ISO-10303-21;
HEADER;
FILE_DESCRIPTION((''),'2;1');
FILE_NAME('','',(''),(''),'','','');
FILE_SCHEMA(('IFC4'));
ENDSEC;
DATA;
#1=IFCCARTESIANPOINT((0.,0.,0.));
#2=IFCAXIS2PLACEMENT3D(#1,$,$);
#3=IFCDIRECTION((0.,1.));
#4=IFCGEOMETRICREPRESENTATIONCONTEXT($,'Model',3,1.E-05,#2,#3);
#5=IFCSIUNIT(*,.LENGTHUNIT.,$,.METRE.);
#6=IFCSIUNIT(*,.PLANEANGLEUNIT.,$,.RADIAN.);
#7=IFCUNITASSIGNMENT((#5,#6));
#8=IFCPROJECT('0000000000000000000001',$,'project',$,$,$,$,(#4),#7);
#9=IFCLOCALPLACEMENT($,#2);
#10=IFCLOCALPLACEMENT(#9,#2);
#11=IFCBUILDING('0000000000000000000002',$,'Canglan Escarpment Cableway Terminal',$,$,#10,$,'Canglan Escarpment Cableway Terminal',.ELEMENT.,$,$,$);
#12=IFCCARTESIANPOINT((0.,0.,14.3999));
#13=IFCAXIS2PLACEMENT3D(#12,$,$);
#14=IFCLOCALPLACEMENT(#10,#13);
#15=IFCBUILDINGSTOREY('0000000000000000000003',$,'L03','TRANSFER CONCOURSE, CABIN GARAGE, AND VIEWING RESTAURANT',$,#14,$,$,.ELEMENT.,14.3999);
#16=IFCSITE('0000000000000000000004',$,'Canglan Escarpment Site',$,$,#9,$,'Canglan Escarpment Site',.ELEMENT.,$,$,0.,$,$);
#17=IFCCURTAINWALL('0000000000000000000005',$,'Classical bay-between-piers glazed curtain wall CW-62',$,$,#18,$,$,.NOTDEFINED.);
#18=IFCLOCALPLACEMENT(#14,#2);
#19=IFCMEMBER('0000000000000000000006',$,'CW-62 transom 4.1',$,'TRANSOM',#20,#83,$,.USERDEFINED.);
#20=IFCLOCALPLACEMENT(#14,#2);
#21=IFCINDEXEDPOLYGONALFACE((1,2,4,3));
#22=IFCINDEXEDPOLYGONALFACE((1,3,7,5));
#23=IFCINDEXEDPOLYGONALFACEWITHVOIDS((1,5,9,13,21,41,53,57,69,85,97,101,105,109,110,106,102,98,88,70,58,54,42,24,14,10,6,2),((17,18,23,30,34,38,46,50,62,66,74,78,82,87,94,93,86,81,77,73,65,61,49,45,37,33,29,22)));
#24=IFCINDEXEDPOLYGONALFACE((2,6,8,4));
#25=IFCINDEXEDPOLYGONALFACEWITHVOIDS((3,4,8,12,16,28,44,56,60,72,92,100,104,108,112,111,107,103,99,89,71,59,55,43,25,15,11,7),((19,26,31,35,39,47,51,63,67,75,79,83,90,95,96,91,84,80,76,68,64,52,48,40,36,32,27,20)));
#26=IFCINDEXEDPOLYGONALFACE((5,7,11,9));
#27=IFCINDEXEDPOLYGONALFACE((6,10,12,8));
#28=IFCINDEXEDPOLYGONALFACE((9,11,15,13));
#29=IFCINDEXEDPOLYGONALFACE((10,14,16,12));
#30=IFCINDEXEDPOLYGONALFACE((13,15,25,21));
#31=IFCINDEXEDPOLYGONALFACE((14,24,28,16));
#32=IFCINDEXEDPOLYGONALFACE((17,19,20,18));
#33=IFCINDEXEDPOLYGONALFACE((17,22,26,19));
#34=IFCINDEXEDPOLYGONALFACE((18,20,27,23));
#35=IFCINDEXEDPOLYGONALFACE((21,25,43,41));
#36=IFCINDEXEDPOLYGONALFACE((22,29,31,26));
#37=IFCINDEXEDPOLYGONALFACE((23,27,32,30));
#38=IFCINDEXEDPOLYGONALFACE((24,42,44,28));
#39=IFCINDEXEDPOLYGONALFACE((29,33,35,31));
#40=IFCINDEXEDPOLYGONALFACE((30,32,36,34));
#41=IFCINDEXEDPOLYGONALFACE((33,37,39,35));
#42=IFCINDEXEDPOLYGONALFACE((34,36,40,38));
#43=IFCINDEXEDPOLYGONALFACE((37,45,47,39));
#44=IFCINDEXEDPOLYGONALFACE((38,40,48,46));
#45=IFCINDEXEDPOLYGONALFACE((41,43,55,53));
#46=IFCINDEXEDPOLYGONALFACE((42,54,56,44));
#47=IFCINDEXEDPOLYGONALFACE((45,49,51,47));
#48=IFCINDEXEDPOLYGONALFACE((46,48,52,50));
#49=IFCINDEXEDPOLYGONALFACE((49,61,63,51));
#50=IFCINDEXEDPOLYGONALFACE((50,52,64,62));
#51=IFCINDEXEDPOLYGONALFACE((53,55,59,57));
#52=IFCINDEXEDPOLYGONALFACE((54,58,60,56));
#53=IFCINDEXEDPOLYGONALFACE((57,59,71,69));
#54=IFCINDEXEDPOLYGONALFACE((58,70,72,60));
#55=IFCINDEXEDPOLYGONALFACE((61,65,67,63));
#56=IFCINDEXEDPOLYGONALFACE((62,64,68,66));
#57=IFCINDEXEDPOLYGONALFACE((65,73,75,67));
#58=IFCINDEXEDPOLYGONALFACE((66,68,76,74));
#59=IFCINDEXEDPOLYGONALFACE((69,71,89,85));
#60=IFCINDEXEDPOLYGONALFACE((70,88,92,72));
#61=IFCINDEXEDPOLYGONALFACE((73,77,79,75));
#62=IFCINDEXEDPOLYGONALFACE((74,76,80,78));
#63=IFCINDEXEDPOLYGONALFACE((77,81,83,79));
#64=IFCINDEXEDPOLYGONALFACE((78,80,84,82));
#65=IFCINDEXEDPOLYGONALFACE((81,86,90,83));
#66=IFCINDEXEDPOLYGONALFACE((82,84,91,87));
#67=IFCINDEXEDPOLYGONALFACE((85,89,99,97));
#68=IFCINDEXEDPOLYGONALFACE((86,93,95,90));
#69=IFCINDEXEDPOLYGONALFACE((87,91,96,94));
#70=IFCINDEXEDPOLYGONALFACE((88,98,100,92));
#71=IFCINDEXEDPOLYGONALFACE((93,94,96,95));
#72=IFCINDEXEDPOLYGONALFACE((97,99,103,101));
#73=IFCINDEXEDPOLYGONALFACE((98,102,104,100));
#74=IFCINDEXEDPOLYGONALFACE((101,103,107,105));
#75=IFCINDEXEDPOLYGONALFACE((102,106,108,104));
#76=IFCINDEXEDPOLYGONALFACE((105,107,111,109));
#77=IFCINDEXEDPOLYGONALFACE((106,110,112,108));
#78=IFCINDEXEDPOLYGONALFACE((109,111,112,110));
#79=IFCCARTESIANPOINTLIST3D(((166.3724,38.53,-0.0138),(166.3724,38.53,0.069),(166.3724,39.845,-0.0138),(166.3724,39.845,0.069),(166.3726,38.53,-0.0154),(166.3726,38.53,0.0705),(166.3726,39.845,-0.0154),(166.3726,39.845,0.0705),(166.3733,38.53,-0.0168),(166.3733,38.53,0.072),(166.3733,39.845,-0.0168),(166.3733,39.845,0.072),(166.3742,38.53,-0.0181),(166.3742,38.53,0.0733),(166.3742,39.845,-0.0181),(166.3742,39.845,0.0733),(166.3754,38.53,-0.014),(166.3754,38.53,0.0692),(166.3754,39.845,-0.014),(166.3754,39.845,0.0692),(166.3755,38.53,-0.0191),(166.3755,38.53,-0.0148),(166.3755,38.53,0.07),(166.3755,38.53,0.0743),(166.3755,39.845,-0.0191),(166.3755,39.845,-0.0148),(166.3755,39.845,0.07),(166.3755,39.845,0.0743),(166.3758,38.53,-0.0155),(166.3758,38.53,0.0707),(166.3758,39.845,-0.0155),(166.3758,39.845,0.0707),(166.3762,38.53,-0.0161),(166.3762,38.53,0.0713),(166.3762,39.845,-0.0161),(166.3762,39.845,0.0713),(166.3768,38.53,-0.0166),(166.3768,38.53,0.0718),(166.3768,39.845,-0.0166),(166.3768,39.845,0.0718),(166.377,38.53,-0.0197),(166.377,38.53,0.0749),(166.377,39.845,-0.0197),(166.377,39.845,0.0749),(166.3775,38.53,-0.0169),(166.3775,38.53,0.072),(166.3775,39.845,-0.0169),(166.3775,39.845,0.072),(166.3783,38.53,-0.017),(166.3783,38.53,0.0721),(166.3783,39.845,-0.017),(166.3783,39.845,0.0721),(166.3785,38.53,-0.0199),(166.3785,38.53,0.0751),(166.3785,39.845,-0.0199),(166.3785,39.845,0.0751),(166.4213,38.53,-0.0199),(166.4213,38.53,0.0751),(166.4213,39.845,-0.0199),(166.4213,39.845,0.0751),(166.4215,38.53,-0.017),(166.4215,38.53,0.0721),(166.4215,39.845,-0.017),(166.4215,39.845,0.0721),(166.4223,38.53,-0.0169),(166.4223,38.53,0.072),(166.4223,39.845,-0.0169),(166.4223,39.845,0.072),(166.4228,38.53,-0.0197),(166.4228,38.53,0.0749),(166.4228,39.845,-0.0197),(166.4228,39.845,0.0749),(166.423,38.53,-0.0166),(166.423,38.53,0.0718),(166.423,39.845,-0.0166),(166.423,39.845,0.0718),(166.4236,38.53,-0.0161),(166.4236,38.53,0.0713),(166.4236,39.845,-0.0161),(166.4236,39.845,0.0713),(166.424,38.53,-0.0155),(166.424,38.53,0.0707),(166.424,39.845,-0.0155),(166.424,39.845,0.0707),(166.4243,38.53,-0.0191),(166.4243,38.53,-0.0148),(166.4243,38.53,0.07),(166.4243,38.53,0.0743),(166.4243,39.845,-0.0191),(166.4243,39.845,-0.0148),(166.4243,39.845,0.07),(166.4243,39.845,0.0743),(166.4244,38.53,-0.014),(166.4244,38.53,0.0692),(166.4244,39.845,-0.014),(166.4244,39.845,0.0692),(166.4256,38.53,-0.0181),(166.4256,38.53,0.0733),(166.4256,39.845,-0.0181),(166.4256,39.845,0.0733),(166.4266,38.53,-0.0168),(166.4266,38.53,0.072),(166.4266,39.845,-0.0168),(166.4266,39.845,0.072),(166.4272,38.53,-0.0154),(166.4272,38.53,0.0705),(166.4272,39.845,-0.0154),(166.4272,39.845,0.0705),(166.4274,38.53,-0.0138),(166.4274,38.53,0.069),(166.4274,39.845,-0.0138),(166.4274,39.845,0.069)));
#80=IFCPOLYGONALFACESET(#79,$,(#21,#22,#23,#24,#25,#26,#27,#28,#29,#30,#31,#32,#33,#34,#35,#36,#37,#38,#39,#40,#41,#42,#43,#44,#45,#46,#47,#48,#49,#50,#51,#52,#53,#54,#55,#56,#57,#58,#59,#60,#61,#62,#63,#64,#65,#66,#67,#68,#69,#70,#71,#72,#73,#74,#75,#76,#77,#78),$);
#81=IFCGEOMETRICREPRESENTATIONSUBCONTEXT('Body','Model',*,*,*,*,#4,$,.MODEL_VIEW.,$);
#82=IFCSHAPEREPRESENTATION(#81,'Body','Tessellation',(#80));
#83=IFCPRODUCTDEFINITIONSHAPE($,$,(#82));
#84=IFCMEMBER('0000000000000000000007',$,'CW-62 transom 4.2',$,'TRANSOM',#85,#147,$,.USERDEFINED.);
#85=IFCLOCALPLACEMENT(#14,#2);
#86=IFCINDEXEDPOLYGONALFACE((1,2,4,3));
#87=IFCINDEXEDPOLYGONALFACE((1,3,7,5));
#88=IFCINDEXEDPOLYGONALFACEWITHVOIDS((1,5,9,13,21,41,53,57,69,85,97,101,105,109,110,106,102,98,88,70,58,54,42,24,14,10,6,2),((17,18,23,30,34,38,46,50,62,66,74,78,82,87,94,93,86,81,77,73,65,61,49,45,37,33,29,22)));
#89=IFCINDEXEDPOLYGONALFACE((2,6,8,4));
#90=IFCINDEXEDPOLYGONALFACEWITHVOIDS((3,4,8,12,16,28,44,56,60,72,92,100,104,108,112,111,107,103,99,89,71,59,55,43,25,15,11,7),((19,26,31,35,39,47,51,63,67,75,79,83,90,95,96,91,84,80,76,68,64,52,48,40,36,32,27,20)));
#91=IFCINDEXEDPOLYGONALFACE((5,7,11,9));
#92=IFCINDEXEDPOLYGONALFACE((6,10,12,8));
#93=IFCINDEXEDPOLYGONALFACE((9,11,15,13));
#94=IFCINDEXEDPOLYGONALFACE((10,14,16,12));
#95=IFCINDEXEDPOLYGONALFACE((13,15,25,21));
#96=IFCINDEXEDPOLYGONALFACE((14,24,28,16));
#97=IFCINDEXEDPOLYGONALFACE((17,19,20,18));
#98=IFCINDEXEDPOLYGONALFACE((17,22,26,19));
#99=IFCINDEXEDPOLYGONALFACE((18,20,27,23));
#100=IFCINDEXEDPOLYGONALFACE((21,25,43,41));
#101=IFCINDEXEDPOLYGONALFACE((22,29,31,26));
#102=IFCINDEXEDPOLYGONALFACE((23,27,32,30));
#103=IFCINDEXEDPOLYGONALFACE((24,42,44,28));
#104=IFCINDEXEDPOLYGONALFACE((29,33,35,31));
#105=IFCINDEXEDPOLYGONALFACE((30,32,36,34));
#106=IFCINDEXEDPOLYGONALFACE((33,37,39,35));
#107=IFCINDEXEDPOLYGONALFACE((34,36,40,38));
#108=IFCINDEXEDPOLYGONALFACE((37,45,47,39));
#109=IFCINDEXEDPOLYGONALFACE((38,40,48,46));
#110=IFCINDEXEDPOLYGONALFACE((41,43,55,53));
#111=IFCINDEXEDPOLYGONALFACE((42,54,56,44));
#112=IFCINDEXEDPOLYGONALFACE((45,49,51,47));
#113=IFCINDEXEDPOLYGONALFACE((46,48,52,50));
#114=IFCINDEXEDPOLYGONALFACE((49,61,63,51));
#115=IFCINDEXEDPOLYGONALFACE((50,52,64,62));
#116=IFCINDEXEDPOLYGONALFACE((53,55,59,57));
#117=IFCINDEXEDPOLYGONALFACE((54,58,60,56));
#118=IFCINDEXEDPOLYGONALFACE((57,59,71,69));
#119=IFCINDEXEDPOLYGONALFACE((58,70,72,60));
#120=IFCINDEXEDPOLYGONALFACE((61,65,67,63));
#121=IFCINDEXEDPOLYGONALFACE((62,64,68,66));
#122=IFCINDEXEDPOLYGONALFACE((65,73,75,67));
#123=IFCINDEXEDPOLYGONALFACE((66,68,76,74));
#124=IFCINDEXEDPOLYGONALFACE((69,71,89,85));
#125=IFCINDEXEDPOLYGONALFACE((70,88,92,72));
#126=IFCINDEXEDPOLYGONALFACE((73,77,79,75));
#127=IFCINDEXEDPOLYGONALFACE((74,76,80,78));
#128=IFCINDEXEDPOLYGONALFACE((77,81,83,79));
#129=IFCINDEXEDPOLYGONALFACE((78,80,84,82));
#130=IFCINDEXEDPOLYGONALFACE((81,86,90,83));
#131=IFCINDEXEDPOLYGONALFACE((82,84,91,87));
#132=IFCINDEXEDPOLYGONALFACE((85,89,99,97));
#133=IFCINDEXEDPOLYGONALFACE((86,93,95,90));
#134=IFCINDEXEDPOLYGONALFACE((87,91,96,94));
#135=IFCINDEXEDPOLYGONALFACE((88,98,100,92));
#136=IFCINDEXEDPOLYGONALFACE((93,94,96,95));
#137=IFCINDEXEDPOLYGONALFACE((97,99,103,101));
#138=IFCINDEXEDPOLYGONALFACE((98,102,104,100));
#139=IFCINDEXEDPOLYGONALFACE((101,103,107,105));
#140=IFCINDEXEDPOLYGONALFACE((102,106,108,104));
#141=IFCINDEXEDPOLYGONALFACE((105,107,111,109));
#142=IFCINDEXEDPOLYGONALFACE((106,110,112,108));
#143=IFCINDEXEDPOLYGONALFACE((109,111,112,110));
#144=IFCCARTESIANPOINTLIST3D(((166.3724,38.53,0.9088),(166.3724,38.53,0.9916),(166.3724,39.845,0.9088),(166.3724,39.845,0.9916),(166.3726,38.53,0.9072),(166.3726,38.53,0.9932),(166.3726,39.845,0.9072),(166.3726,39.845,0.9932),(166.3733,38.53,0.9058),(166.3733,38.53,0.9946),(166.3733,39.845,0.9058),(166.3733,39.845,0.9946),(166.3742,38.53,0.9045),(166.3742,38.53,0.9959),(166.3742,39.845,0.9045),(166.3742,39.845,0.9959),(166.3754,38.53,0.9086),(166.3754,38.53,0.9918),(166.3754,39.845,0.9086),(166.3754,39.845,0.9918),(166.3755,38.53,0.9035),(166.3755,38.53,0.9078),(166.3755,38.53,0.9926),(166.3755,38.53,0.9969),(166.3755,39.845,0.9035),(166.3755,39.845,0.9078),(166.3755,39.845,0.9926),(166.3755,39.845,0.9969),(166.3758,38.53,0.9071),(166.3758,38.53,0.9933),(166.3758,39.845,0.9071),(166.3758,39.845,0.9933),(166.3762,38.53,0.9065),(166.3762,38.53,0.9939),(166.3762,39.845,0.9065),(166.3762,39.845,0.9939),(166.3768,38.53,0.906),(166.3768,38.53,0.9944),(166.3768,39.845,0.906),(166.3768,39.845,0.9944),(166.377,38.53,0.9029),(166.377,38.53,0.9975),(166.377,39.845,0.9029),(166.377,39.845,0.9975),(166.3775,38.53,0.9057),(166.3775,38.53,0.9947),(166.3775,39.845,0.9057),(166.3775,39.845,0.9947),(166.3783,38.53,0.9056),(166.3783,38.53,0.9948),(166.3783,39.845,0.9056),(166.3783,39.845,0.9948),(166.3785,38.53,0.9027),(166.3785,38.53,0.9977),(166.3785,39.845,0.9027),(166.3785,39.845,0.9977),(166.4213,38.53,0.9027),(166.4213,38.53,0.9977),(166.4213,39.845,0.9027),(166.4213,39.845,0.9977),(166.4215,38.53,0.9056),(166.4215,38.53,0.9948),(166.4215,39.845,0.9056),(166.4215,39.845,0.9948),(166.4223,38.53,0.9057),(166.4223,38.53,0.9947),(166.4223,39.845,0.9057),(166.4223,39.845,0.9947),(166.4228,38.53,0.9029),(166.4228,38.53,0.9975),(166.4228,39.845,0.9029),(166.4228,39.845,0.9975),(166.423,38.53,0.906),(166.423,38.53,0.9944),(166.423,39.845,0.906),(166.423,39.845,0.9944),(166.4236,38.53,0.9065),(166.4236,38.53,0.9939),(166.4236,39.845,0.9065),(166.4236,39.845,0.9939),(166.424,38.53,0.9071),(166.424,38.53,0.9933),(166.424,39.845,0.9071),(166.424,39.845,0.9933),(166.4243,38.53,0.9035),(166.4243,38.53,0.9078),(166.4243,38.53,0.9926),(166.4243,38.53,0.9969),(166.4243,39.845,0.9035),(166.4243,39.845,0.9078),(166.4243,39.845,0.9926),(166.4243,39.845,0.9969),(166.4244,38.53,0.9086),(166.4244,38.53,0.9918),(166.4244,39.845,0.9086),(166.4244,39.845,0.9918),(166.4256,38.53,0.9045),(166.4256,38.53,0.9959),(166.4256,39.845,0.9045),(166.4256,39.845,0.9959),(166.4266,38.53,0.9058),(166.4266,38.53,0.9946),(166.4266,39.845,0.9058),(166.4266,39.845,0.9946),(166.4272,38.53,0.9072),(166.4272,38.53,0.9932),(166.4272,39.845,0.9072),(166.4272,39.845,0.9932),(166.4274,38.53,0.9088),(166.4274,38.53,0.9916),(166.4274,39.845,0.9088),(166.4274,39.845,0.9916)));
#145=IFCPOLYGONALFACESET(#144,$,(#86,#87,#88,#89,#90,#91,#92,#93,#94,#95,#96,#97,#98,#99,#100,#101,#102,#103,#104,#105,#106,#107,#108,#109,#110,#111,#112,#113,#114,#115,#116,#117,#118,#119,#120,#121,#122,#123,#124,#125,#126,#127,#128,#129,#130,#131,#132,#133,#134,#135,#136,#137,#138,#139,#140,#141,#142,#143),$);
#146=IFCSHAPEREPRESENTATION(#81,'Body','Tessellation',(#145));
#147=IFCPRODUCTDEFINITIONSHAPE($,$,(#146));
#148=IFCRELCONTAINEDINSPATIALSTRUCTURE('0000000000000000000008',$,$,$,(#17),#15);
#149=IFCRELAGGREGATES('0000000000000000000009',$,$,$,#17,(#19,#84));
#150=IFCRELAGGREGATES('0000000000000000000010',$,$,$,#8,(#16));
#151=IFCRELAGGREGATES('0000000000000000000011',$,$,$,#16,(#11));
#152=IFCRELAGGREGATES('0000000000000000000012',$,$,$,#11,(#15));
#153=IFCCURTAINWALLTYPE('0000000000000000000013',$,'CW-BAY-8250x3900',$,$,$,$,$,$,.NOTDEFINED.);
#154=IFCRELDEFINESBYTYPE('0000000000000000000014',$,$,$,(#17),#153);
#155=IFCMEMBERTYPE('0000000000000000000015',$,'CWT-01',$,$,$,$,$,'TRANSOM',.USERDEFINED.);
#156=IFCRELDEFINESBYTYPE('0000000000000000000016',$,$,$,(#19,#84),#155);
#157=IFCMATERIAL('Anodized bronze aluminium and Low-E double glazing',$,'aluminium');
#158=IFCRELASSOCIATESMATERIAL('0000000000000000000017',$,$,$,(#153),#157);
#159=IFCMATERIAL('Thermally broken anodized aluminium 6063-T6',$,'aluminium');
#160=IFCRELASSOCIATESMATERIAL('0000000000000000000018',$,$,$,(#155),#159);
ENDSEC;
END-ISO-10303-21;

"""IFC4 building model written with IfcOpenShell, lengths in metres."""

from ifc_helpers import new_model, si_unit, direction, frame, origin, origin_2d, place, context, subcontext, project, spatial, hollow_rectangle, extrude, material, material_profile, profile_set, type_object, element, aggregate, save


model = new_model("IFC4")

# Units and contexts
model_context = context("Model", 3, precision=1e-05, world=origin(), true_north=direction((0.0, 1.0)))
body_context = subcontext(model_context, "Body", "Model", "MODEL_VIEW")
ifc_project = project(units=[si_unit("LENGTHUNIT", "METRE"), si_unit("PLANEANGLEUNIT", "RADIAN")], contexts=[model_context])

# Site, building, storey
site_placement = place(None, origin())
site = spatial("IfcSite", under=ifc_project, at=site_placement, Name="Canglan Escarpment Site", LongName="Canglan Escarpment Site", CompositionType="ELEMENT", RefElevation=0.0)
building_placement = place(site_placement, origin())
building = spatial("IfcBuilding", under=site, at=building_placement, Name="Canglan Escarpment Cableway Terminal", LongName="Canglan Escarpment Cableway Terminal", CompositionType="ELEMENT")
storey_placement = place(building_placement, frame((0.0, 0.0, 14.3999)))
storey = spatial("IfcBuildingStorey", under=building, at=storey_placement, Name="L03", Description="TRANSFER CONCOURSE, CABIN GARAGE, AND VIEWING RESTAURANT", CompositionType="ELEMENT", Elevation=14.3999)

# Curtain wall, members
ifc_material_1 = material(Name="Anodized bronze aluminium and Low-E double glazing", Category="aluminium")
curtain_wall_type = type_object("IfcCurtainWallType", Name="CW-BAY-8250x3900", PredefinedType="NOTDEFINED", material=ifc_material_1)
curtain_wall_placement = place(storey_placement, origin())
curtain_wall = element("IfcCurtainWall", 1, at=curtain_wall_placement, inside=storey, type_object=curtain_wall_type, Name="Classical bay-between-piers glazed curtain wall CW-62", PredefinedType="NOTDEFINED")
ifc_material_2 = material(Name="Thermally broken anodized aluminium 6063-T6", Category="aluminium")
ifc_material_profile_1 = material_profile(ifc_material_2, hollow_rectangle(XDim=0.0549, YDim=0.095, WallThickness=0.0029, InnerFilletRadius=0.0029, OuterFilletRadius=0.0061, at=origin_2d()), Name="ALU-TRAN 55x95x3")
ifc_profile_set_1 = profile_set([ifc_material_profile_1], Name="Thermally broken anodized aluminium 6063-T6")
member_type_1 = type_object("IfcMemberType", Name="CWT-01", ElementType="TRANSOM", PredefinedType="USERDEFINED", material=ifc_profile_set_1)
member_1_placement = place(storey_placement, frame((166.3999, 38.53, 0.0276), z_axis=(0.0, 1.0, 0.0), x_axis=(-1.0, 0.0, 0.0)))
member_1 = element("IfcMember", 2, at=member_1_placement, type_object=member_type_1, Name="CW-62 transom 4.1", ObjectType="TRANSOM", PredefinedType="USERDEFINED", context=body_context, shape_type="SweptSolid", body=[
    extrude(hollow_rectangle(XDim=0.0549, YDim=0.095, WallThickness=0.0029, InnerFilletRadius=0.0029, OuterFilletRadius=0.0061, at=origin_2d()), origin(), (0.0, 0.0, 1.0), 1.3149),
])
member_2_placement = place(storey_placement, frame((166.3999, 38.53, 0.9502), z_axis=(0.0, 1.0, 0.0), x_axis=(-1.0, 0.0, 0.0)))
member_2 = element("IfcMember", 3, at=member_2_placement, type_object=member_type_1, Name="CW-62 transom 4.2", ObjectType="TRANSOM", PredefinedType="USERDEFINED", context=body_context, shape_type="SweptSolid", body=[
    extrude(hollow_rectangle(XDim=0.0549, YDim=0.095, WallThickness=0.0029, InnerFilletRadius=0.0029, OuterFilletRadius=0.0061, at=origin_2d()), origin(), (0.0, 0.0, 1.0), 1.3149),
])
aggregate(curtain_wall, [member_1, member_2])

save(model, "model.ifc")
